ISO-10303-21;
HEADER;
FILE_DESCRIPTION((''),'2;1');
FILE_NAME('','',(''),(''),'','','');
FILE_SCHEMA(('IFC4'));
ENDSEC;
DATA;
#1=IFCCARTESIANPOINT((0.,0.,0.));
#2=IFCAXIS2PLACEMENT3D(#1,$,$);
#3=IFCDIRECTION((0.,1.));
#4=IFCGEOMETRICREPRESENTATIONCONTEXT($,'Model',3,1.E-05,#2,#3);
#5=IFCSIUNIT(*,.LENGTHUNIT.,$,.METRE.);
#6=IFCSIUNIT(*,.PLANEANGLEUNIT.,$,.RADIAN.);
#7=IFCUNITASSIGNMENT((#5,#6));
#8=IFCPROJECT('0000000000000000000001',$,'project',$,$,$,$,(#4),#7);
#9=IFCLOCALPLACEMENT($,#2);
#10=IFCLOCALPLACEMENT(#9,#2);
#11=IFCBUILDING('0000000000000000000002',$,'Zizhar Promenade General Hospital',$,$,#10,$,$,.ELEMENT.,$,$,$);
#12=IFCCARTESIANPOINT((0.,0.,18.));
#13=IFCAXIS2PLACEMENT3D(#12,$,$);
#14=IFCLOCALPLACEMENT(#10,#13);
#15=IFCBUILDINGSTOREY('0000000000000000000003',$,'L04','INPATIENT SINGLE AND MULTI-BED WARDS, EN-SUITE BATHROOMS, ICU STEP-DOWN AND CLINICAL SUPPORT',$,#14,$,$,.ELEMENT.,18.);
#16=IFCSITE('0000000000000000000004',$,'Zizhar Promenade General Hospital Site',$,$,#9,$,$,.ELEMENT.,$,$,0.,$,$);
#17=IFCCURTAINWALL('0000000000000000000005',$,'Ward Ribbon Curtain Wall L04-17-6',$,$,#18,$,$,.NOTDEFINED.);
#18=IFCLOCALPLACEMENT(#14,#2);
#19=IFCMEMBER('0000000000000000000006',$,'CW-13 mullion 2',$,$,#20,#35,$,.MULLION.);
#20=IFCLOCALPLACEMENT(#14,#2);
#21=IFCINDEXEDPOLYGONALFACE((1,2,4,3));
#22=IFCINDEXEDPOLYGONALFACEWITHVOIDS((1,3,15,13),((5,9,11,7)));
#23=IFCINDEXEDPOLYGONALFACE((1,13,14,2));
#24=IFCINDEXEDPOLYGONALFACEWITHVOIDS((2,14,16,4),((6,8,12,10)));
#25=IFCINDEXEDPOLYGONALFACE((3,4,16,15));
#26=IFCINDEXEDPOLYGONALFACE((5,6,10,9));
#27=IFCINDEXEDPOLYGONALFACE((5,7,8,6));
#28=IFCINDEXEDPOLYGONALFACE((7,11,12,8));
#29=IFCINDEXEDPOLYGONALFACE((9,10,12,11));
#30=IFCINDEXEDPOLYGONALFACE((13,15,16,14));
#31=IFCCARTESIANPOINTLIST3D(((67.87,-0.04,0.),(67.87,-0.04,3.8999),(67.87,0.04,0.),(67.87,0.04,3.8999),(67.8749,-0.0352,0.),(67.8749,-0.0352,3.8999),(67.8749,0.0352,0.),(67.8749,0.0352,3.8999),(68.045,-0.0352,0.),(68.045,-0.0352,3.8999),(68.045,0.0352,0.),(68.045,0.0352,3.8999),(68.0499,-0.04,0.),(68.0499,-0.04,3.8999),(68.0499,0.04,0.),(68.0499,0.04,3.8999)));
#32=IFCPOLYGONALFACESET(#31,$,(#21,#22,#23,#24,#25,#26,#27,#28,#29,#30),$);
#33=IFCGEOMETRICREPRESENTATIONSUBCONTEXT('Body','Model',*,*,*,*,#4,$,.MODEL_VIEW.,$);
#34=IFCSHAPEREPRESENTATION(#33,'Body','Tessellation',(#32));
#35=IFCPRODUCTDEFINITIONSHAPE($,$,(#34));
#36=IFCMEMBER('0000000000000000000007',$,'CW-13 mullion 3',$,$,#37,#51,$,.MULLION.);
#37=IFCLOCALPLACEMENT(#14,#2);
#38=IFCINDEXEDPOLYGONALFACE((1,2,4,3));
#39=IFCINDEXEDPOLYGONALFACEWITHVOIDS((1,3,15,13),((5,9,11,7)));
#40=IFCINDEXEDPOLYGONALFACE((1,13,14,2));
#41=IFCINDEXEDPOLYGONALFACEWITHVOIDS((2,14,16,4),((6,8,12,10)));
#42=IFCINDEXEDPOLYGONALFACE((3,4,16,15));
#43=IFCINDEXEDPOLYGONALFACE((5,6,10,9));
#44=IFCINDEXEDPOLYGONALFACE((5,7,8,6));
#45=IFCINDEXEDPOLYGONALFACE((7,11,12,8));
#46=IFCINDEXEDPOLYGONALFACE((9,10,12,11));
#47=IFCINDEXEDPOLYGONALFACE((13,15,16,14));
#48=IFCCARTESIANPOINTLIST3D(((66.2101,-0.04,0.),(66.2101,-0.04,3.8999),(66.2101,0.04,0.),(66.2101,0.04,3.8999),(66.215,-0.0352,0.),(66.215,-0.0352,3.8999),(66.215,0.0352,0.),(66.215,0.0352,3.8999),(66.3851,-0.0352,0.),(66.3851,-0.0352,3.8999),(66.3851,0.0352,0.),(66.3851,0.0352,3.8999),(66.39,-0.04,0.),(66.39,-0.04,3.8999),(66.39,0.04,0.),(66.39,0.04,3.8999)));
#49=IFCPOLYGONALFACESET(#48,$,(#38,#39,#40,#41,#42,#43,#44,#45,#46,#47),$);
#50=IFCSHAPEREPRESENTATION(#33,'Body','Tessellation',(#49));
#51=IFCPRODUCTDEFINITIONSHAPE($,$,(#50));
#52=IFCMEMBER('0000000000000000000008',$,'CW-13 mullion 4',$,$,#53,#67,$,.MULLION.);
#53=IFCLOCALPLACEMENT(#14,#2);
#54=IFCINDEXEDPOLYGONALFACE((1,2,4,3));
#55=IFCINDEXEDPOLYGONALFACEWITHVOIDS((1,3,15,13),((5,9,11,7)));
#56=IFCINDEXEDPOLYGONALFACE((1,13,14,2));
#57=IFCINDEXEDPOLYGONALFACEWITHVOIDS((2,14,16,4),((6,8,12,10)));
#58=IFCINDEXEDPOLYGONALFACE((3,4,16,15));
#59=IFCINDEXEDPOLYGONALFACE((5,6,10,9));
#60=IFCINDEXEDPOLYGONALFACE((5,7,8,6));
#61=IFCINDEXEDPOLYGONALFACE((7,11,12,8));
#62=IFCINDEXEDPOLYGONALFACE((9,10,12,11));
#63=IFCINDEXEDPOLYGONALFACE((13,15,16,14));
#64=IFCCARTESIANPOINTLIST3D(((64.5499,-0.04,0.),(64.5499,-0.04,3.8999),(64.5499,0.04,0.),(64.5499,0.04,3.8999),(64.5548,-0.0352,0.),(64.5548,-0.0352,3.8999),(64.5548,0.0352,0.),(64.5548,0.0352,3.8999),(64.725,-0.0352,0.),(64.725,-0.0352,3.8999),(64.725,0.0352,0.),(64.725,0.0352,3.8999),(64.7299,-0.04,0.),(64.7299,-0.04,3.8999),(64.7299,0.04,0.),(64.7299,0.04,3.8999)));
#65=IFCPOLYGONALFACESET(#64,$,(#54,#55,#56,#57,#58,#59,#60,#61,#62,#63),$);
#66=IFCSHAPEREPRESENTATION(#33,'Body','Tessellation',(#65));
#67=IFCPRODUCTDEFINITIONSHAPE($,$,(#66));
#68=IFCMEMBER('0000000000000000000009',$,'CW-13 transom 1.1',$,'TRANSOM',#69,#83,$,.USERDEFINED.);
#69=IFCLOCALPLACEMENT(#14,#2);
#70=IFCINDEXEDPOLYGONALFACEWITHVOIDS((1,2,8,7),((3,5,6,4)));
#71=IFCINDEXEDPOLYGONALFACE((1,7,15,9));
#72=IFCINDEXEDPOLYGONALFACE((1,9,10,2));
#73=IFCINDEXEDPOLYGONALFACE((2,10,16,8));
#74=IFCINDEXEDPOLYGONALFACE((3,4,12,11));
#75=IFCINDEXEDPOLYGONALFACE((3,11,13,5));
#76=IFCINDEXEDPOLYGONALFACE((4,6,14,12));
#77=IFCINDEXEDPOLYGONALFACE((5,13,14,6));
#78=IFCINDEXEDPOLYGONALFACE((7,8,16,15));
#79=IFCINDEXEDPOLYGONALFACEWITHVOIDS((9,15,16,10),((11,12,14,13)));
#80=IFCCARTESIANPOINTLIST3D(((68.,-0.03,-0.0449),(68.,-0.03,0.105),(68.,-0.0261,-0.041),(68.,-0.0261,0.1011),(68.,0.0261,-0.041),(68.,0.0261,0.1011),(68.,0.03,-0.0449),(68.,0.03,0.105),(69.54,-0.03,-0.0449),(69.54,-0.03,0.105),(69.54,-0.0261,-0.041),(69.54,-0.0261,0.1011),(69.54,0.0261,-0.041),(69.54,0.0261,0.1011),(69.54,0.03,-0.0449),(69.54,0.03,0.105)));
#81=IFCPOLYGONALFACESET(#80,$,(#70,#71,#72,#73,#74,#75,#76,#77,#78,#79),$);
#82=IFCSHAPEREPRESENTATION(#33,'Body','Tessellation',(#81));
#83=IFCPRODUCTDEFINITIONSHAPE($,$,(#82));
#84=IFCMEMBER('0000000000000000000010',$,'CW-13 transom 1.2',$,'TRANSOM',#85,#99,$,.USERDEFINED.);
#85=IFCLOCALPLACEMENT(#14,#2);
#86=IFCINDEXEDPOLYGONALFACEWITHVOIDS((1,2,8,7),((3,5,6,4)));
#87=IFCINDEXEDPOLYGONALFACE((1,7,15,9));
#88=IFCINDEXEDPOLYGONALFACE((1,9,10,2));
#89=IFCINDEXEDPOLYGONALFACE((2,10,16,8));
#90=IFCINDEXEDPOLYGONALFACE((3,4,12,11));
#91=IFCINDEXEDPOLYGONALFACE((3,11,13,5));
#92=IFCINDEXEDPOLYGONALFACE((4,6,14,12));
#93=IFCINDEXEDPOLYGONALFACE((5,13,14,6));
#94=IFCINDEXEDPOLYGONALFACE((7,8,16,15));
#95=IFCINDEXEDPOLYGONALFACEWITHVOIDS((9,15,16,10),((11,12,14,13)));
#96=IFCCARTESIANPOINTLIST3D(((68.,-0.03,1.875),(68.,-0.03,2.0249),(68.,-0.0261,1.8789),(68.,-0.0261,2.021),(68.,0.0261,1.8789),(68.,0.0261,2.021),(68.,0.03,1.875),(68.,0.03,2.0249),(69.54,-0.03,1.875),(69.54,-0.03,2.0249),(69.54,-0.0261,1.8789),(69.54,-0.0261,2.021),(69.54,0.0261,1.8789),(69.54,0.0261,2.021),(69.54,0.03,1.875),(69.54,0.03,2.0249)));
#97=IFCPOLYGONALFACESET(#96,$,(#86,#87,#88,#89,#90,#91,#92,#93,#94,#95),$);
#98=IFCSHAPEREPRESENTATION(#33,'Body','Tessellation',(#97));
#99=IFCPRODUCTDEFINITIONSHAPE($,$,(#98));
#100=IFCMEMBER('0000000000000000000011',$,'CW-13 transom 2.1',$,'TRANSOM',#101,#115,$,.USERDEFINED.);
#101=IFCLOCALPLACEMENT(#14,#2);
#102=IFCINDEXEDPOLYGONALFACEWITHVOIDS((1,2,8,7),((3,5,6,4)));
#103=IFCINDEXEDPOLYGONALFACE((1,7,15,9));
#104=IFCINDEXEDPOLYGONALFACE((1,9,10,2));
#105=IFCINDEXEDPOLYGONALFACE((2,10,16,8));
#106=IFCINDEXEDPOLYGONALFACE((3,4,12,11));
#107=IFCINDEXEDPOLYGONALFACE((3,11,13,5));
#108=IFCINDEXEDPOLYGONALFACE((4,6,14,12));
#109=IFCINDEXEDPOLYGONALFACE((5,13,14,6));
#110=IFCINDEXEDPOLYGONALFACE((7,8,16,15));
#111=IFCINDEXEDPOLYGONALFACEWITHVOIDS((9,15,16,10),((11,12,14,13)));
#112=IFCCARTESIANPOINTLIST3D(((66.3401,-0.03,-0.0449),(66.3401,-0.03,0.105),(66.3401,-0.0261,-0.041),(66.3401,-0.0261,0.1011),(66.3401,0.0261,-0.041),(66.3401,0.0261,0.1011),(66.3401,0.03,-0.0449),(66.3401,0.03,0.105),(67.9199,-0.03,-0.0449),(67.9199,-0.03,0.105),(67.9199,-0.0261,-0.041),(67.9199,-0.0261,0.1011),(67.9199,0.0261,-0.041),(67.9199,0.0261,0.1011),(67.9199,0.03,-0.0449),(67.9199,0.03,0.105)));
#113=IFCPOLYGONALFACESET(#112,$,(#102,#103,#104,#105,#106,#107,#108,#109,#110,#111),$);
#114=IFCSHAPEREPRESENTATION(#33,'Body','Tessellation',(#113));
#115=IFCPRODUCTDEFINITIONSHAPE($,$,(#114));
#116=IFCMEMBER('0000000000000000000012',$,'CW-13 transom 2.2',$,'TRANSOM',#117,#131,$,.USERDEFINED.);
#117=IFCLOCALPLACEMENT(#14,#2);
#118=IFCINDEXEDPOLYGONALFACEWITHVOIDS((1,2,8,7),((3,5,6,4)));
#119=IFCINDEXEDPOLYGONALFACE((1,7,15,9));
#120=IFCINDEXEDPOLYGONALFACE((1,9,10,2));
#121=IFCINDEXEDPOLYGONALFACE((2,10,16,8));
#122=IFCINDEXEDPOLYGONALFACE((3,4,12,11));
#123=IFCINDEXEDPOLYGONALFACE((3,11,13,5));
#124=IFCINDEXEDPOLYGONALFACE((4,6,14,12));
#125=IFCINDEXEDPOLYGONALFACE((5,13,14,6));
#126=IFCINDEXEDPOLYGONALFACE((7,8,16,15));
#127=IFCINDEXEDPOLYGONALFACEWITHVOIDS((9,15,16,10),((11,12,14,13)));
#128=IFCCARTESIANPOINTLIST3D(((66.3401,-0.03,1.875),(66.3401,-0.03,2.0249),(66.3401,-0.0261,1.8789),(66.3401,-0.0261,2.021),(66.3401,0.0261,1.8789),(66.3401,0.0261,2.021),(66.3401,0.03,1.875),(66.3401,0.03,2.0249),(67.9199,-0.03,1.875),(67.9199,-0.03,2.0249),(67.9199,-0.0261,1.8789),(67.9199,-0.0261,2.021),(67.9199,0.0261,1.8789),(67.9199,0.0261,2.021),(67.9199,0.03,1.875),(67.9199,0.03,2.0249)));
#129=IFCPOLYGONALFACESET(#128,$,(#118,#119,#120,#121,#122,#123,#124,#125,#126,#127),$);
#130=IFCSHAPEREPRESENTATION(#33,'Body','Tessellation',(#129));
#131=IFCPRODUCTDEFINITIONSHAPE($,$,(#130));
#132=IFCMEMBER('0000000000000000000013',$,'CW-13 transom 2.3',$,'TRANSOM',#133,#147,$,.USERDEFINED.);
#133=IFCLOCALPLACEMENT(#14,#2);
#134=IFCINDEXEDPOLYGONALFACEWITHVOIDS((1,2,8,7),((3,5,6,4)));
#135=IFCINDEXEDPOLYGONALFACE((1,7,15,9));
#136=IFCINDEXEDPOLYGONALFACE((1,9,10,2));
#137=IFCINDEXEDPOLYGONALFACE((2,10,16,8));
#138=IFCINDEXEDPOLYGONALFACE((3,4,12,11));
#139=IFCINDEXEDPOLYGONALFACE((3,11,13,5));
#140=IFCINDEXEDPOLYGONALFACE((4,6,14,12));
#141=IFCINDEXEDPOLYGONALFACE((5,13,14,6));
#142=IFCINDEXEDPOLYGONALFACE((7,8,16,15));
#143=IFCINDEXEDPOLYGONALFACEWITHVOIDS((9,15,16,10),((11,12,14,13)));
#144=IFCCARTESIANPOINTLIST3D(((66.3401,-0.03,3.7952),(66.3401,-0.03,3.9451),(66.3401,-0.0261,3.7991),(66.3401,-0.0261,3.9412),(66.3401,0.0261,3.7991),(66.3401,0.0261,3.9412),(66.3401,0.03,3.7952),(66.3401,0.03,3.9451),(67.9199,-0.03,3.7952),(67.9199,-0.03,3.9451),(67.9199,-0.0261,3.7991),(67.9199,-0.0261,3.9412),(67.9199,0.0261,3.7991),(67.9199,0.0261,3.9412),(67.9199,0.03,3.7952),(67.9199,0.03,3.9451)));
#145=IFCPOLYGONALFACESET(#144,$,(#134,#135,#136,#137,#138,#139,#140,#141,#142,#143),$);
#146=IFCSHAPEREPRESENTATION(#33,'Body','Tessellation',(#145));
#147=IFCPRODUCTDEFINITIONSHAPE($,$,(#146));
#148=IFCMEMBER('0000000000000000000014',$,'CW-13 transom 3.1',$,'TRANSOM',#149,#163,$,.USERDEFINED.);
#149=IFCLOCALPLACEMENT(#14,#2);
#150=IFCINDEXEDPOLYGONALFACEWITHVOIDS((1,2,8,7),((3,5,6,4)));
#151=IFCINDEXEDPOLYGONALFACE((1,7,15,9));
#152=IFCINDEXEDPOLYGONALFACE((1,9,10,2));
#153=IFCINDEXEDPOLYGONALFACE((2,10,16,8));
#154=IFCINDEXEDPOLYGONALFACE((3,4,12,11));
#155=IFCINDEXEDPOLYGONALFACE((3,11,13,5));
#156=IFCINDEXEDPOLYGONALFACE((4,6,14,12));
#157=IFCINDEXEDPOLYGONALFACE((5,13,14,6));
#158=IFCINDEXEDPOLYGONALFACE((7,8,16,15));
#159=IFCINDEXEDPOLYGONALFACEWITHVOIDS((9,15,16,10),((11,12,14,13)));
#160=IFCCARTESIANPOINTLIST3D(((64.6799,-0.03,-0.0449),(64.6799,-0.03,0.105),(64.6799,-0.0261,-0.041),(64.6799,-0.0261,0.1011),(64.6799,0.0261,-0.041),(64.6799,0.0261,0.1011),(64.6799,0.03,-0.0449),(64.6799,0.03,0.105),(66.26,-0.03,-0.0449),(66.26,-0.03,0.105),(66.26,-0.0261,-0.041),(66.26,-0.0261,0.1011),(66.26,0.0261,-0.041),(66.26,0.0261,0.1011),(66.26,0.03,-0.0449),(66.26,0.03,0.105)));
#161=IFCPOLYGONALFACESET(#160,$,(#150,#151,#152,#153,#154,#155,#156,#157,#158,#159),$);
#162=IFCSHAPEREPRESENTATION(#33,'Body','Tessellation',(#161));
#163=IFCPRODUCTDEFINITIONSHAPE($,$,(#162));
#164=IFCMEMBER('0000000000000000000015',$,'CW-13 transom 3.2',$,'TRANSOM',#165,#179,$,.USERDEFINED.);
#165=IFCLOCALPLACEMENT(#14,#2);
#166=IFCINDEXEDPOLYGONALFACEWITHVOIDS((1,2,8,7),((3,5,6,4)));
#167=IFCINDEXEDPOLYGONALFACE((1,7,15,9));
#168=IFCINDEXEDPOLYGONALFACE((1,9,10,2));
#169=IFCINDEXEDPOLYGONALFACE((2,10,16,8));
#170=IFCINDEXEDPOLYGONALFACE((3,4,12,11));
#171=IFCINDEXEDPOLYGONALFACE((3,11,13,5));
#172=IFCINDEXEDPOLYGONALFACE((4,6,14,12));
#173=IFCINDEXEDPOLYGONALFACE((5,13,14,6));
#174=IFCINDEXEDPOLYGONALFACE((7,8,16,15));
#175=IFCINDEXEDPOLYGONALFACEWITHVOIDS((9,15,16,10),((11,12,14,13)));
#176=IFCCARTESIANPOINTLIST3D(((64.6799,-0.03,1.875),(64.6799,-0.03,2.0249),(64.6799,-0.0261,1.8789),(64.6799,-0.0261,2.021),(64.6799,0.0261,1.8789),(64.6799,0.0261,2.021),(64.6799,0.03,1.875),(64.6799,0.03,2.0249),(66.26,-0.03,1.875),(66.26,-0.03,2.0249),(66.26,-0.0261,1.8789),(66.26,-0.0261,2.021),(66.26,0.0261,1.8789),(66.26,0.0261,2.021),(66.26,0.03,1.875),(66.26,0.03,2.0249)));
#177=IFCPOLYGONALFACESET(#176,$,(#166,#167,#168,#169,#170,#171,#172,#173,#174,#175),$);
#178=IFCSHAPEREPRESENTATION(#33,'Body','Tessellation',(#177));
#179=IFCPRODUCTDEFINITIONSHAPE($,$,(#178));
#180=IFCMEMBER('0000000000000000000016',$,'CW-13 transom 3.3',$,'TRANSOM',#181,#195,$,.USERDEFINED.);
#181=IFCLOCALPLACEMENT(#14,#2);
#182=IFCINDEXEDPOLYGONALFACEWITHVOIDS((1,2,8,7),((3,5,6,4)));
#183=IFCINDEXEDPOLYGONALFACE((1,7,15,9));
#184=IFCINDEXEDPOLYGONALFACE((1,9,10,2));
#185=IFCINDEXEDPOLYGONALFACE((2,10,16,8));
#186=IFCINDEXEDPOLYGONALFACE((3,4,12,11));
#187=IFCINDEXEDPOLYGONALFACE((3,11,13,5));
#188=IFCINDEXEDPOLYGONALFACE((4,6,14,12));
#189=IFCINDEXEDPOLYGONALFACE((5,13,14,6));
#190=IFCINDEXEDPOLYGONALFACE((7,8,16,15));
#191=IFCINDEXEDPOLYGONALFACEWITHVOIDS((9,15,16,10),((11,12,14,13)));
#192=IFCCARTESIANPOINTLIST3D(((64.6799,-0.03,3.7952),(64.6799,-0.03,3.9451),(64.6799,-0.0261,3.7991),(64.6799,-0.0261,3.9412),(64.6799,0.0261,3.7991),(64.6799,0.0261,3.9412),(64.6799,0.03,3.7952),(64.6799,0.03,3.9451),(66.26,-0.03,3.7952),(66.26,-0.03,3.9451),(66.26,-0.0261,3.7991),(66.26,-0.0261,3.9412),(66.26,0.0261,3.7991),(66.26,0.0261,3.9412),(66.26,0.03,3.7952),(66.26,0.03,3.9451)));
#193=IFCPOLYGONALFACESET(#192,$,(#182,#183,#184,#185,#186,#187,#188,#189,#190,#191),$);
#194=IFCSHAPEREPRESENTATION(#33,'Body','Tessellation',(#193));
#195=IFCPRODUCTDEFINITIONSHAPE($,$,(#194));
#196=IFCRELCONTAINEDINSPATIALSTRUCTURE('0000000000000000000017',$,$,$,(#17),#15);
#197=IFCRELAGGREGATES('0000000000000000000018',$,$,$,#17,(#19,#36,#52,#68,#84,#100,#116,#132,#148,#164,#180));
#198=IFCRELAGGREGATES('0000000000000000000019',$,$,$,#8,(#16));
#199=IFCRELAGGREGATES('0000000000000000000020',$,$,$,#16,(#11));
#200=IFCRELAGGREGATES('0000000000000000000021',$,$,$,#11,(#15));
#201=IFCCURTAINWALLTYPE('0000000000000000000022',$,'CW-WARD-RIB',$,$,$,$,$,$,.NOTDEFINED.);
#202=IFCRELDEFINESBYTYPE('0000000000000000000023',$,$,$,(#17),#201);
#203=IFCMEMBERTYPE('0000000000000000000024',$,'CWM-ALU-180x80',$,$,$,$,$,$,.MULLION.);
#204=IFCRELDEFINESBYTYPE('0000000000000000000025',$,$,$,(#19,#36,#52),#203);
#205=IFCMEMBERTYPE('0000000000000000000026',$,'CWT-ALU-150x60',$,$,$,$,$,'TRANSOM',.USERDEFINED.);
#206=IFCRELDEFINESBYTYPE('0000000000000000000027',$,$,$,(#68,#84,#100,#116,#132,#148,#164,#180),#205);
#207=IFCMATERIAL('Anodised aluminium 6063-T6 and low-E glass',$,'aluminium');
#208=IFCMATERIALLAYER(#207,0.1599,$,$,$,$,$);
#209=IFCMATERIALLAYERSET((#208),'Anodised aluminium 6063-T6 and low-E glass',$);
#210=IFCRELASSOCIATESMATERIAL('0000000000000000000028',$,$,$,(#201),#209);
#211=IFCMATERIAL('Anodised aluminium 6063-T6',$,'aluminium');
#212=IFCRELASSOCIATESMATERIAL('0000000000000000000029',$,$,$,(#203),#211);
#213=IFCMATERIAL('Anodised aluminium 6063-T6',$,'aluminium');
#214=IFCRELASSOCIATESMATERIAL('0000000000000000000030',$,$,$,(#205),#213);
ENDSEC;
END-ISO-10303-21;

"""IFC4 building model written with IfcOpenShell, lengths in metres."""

from ifc_helpers import new_model, si_unit, direction, frame, origin, origin_2d, place, context, subcontext, project, spatial, hollow_rectangle, extrude, material, layer, layer_set, material_profile, profile_set, type_object, element, aggregate, save


model = new_model("IFC4")

# Units and contexts
model_context = context("Model", 3, precision=1e-05, world=origin(), true_north=direction((0.0, 1.0)))
body_context = subcontext(model_context, "Body", "Model", "MODEL_VIEW")
ifc_project = project(units=[si_unit("LENGTHUNIT", "METRE"), si_unit("PLANEANGLEUNIT", "RADIAN")], contexts=[model_context])

# Site, building, storey
site_placement = place(None, origin())
site = spatial("IfcSite", under=ifc_project, at=site_placement, Name="Zizhar Promenade General Hospital Site", CompositionType="ELEMENT", RefElevation=0.0)
building_placement = place(site_placement, origin())
building = spatial("IfcBuilding", under=site, at=building_placement, Name="Zizhar Promenade General Hospital", CompositionType="ELEMENT")
storey_placement = place(building_placement, frame((0.0, 0.0, 18.0)))
storey = spatial("IfcBuildingStorey", under=building, at=storey_placement, Name="L04", Description="INPATIENT SINGLE AND MULTI-BED WARDS, EN-SUITE BATHROOMS, ICU STEP-DOWN AND CLINICAL SUPPORT", CompositionType="ELEMENT", Elevation=18.0)

# Curtain wall, members
ifc_material_1 = material(Name="Anodised aluminium 6063-T6 and low-E glass", Category="aluminium")
ifc_layer_1 = layer(ifc_material_1, 0.1599)
ifc_layer_set_1 = layer_set([ifc_layer_1], Name="Anodised aluminium 6063-T6 and low-E glass")
curtain_wall_type = type_object("IfcCurtainWallType", Name="CW-WARD-RIB", PredefinedType="NOTDEFINED", material=ifc_layer_set_1)
curtain_wall_placement = place(storey_placement, origin())
curtain_wall = element("IfcCurtainWall", 1, at=curtain_wall_placement, inside=storey, type_object=curtain_wall_type, Name="Ward Ribbon Curtain Wall L04-17-6", PredefinedType="NOTDEFINED")
ifc_material_2 = material(Name="Anodised aluminium 6063-T6", Category="aluminium")
ifc_material_profile_1 = material_profile(ifc_material_2, hollow_rectangle(XDim=0.0801, YDim=0.1799, WallThickness=0.0049, at=origin_2d()))
ifc_profile_set_1 = profile_set([ifc_material_profile_1], Name="Anodised aluminium 6063-T6")
member_type_1 = type_object("IfcMemberType", Name="CWM-ALU-180x80", PredefinedType="MULLION", material=ifc_profile_set_1)
member_1_placement = place(storey_placement, frame((67.96, 0.0, 0.0), z_axis=(0.0, 0.0, 1.0), x_axis=(0.0, -1.0, 0.0)))
member_1 = element("IfcMember", 2, at=member_1_placement, type_object=member_type_1, Name="CW-13 mullion 2", PredefinedType="MULLION", context=body_context, shape_type="SweptSolid", body=[
    extrude(hollow_rectangle(XDim=0.0801, YDim=0.1799, WallThickness=0.0049, at=origin_2d()), origin(), (0.0, 0.0, 1.0), 3.8999),
])
member_2_placement = place(storey_placement, frame((66.3, 0.0, 0.0), z_axis=(0.0, 0.0, 1.0), x_axis=(0.0, -1.0, 0.0)))
member_2 = element("IfcMember", 3, at=member_2_placement, type_object=member_type_1, Name="CW-13 mullion 3", PredefinedType="MULLION", context=body_context, shape_type="SweptSolid", body=[
    extrude(hollow_rectangle(XDim=0.0801, YDim=0.1799, WallThickness=0.0049, at=origin_2d()), origin(), (0.0, 0.0, 1.0), 3.8999),
])
member_3_placement = place(storey_placement, frame((64.6399, 0.0, 0.0), z_axis=(0.0, 0.0, 1.0), x_axis=(0.0, -1.0, 0.0)))
member_3 = element("IfcMember", 4, at=member_3_placement, type_object=member_type_1, Name="CW-13 mullion 4", PredefinedType="MULLION", context=body_context, shape_type="SweptSolid", body=[
    extrude(hollow_rectangle(XDim=0.0801, YDim=0.1799, WallThickness=0.0049, at=origin_2d()), origin(), (0.0, 0.0, 1.0), 3.8999),
])
ifc_material_3 = material(Name="Anodised aluminium 6063-T6", Category="aluminium")
ifc_material_profile_2 = material_profile(ifc_material_3, hollow_rectangle(XDim=0.0601, YDim=0.1499, WallThickness=0.0039, at=origin_2d()))
ifc_profile_set_2 = profile_set([ifc_material_profile_2], Name="Anodised aluminium 6063-T6")
member_type_2 = type_object("IfcMemberType", Name="CWT-ALU-150x60", ElementType="TRANSOM", PredefinedType="USERDEFINED", material=ifc_profile_set_2)
member_4_placement = place(storey_placement, frame((69.54, 0.0, 0.03), z_axis=(-1.0, 0.0, 0.0), x_axis=(0.0, -1.0, 0.0)))
member_4 = element("IfcMember", 5, at=member_4_placement, type_object=member_type_2, Name="CW-13 transom 1.1", ObjectType="TRANSOM", PredefinedType="USERDEFINED", context=body_context, shape_type="SweptSolid", body=[
    extrude(hollow_rectangle(XDim=0.0601, YDim=0.1499, WallThickness=0.0039, at=origin_2d()), origin(), (0.0, 0.0, 1.0), 1.54),
])
member_5_placement = place(storey_placement, frame((69.54, 0.0, 1.95), z_axis=(-1.0, 0.0, 0.0), x_axis=(0.0, -1.0, 0.0)))
member_5 = element("IfcMember", 6, at=member_5_placement, type_object=member_type_2, Name="CW-13 transom 1.2", ObjectType="TRANSOM", PredefinedType="USERDEFINED", context=body_context, shape_type="SweptSolid", body=[
    extrude(hollow_rectangle(XDim=0.0601, YDim=0.1499, WallThickness=0.0039, at=origin_2d()), origin(), (0.0, 0.0, 1.0), 1.54),
])
member_6_placement = place(storey_placement, frame((67.9199, 0.0, 0.03), z_axis=(-1.0, 0.0, 0.0), x_axis=(0.0, -1.0, 0.0)))
member_6 = element("IfcMember", 7, at=member_6_placement, type_object=member_type_2, Name="CW-13 transom 2.1", ObjectType="TRANSOM", PredefinedType="USERDEFINED", context=body_context, shape_type="SweptSolid", body=[
    extrude(hollow_rectangle(XDim=0.0601, YDim=0.1499, WallThickness=0.0039, at=origin_2d()), origin(), (0.0, 0.0, 1.0), 1.5798),
])
member_7_placement = place(storey_placement, frame((67.9199, 0.0, 1.95), z_axis=(-1.0, 0.0, 0.0), x_axis=(0.0, -1.0, 0.0)))
member_7 = element("IfcMember", 8, at=member_7_placement, type_object=member_type_2, Name="CW-13 transom 2.2", ObjectType="TRANSOM", PredefinedType="USERDEFINED", context=body_context, shape_type="SweptSolid", body=[
    extrude(hollow_rectangle(XDim=0.0601, YDim=0.1499, WallThickness=0.0039, at=origin_2d()), origin(), (0.0, 0.0, 1.0), 1.5798),
])
member_8_placement = place(storey_placement, frame((67.9199, 0.0, 3.8701), z_axis=(-1.0, 0.0, 0.0), x_axis=(0.0, -1.0, 0.0)))
member_8 = element("IfcMember", 9, at=member_8_placement, type_object=member_type_2, Name="CW-13 transom 2.3", ObjectType="TRANSOM", PredefinedType="USERDEFINED", context=body_context, shape_type="SweptSolid", body=[
    extrude(hollow_rectangle(XDim=0.0601, YDim=0.1499, WallThickness=0.0039, at=origin_2d()), origin(), (0.0, 0.0, 1.0), 1.5798),
])
member_9_placement = place(storey_placement, frame((66.26, 0.0, 0.03), z_axis=(-1.0, 0.0, 0.0), x_axis=(0.0, -1.0, 0.0)))
member_9 = element("IfcMember", 10, at=member_9_placement, type_object=member_type_2, Name="CW-13 transom 3.1", ObjectType="TRANSOM", PredefinedType="USERDEFINED", context=body_context, shape_type="SweptSolid", body=[
    extrude(hollow_rectangle(XDim=0.0601, YDim=0.1499, WallThickness=0.0039, at=origin_2d()), origin(), (0.0, 0.0, 1.0), 1.5801),
])
member_10_placement = place(storey_placement, frame((66.26, 0.0, 1.95), z_axis=(-1.0, 0.0, 0.0), x_axis=(0.0, -1.0, 0.0)))
member_10 = element("IfcMember", 11, at=member_10_placement, type_object=member_type_2, Name="CW-13 transom 3.2", ObjectType="TRANSOM", PredefinedType="USERDEFINED", context=body_context, shape_type="SweptSolid", body=[
    extrude(hollow_rectangle(XDim=0.0601, YDim=0.1499, WallThickness=0.0039, at=origin_2d()), origin(), (0.0, 0.0, 1.0), 1.5801),
])
member_11_placement = place(storey_placement, frame((66.26, 0.0, 3.8701), z_axis=(-1.0, 0.0, 0.0), x_axis=(0.0, -1.0, 0.0)))
member_11 = element("IfcMember", 12, at=member_11_placement, type_object=member_type_2, Name="CW-13 transom 3.3", ObjectType="TRANSOM", PredefinedType="USERDEFINED", context=body_context, shape_type="SweptSolid", body=[
    extrude(hollow_rectangle(XDim=0.0601, YDim=0.1499, WallThickness=0.0039, at=origin_2d()), origin(), (0.0, 0.0, 1.0), 1.5801),
])
aggregate(curtain_wall, [member_1, member_2, member_3, member_4, member_5, member_6, member_7, member_8, member_9, member_10, member_11])

save(model, "model.ifc")
